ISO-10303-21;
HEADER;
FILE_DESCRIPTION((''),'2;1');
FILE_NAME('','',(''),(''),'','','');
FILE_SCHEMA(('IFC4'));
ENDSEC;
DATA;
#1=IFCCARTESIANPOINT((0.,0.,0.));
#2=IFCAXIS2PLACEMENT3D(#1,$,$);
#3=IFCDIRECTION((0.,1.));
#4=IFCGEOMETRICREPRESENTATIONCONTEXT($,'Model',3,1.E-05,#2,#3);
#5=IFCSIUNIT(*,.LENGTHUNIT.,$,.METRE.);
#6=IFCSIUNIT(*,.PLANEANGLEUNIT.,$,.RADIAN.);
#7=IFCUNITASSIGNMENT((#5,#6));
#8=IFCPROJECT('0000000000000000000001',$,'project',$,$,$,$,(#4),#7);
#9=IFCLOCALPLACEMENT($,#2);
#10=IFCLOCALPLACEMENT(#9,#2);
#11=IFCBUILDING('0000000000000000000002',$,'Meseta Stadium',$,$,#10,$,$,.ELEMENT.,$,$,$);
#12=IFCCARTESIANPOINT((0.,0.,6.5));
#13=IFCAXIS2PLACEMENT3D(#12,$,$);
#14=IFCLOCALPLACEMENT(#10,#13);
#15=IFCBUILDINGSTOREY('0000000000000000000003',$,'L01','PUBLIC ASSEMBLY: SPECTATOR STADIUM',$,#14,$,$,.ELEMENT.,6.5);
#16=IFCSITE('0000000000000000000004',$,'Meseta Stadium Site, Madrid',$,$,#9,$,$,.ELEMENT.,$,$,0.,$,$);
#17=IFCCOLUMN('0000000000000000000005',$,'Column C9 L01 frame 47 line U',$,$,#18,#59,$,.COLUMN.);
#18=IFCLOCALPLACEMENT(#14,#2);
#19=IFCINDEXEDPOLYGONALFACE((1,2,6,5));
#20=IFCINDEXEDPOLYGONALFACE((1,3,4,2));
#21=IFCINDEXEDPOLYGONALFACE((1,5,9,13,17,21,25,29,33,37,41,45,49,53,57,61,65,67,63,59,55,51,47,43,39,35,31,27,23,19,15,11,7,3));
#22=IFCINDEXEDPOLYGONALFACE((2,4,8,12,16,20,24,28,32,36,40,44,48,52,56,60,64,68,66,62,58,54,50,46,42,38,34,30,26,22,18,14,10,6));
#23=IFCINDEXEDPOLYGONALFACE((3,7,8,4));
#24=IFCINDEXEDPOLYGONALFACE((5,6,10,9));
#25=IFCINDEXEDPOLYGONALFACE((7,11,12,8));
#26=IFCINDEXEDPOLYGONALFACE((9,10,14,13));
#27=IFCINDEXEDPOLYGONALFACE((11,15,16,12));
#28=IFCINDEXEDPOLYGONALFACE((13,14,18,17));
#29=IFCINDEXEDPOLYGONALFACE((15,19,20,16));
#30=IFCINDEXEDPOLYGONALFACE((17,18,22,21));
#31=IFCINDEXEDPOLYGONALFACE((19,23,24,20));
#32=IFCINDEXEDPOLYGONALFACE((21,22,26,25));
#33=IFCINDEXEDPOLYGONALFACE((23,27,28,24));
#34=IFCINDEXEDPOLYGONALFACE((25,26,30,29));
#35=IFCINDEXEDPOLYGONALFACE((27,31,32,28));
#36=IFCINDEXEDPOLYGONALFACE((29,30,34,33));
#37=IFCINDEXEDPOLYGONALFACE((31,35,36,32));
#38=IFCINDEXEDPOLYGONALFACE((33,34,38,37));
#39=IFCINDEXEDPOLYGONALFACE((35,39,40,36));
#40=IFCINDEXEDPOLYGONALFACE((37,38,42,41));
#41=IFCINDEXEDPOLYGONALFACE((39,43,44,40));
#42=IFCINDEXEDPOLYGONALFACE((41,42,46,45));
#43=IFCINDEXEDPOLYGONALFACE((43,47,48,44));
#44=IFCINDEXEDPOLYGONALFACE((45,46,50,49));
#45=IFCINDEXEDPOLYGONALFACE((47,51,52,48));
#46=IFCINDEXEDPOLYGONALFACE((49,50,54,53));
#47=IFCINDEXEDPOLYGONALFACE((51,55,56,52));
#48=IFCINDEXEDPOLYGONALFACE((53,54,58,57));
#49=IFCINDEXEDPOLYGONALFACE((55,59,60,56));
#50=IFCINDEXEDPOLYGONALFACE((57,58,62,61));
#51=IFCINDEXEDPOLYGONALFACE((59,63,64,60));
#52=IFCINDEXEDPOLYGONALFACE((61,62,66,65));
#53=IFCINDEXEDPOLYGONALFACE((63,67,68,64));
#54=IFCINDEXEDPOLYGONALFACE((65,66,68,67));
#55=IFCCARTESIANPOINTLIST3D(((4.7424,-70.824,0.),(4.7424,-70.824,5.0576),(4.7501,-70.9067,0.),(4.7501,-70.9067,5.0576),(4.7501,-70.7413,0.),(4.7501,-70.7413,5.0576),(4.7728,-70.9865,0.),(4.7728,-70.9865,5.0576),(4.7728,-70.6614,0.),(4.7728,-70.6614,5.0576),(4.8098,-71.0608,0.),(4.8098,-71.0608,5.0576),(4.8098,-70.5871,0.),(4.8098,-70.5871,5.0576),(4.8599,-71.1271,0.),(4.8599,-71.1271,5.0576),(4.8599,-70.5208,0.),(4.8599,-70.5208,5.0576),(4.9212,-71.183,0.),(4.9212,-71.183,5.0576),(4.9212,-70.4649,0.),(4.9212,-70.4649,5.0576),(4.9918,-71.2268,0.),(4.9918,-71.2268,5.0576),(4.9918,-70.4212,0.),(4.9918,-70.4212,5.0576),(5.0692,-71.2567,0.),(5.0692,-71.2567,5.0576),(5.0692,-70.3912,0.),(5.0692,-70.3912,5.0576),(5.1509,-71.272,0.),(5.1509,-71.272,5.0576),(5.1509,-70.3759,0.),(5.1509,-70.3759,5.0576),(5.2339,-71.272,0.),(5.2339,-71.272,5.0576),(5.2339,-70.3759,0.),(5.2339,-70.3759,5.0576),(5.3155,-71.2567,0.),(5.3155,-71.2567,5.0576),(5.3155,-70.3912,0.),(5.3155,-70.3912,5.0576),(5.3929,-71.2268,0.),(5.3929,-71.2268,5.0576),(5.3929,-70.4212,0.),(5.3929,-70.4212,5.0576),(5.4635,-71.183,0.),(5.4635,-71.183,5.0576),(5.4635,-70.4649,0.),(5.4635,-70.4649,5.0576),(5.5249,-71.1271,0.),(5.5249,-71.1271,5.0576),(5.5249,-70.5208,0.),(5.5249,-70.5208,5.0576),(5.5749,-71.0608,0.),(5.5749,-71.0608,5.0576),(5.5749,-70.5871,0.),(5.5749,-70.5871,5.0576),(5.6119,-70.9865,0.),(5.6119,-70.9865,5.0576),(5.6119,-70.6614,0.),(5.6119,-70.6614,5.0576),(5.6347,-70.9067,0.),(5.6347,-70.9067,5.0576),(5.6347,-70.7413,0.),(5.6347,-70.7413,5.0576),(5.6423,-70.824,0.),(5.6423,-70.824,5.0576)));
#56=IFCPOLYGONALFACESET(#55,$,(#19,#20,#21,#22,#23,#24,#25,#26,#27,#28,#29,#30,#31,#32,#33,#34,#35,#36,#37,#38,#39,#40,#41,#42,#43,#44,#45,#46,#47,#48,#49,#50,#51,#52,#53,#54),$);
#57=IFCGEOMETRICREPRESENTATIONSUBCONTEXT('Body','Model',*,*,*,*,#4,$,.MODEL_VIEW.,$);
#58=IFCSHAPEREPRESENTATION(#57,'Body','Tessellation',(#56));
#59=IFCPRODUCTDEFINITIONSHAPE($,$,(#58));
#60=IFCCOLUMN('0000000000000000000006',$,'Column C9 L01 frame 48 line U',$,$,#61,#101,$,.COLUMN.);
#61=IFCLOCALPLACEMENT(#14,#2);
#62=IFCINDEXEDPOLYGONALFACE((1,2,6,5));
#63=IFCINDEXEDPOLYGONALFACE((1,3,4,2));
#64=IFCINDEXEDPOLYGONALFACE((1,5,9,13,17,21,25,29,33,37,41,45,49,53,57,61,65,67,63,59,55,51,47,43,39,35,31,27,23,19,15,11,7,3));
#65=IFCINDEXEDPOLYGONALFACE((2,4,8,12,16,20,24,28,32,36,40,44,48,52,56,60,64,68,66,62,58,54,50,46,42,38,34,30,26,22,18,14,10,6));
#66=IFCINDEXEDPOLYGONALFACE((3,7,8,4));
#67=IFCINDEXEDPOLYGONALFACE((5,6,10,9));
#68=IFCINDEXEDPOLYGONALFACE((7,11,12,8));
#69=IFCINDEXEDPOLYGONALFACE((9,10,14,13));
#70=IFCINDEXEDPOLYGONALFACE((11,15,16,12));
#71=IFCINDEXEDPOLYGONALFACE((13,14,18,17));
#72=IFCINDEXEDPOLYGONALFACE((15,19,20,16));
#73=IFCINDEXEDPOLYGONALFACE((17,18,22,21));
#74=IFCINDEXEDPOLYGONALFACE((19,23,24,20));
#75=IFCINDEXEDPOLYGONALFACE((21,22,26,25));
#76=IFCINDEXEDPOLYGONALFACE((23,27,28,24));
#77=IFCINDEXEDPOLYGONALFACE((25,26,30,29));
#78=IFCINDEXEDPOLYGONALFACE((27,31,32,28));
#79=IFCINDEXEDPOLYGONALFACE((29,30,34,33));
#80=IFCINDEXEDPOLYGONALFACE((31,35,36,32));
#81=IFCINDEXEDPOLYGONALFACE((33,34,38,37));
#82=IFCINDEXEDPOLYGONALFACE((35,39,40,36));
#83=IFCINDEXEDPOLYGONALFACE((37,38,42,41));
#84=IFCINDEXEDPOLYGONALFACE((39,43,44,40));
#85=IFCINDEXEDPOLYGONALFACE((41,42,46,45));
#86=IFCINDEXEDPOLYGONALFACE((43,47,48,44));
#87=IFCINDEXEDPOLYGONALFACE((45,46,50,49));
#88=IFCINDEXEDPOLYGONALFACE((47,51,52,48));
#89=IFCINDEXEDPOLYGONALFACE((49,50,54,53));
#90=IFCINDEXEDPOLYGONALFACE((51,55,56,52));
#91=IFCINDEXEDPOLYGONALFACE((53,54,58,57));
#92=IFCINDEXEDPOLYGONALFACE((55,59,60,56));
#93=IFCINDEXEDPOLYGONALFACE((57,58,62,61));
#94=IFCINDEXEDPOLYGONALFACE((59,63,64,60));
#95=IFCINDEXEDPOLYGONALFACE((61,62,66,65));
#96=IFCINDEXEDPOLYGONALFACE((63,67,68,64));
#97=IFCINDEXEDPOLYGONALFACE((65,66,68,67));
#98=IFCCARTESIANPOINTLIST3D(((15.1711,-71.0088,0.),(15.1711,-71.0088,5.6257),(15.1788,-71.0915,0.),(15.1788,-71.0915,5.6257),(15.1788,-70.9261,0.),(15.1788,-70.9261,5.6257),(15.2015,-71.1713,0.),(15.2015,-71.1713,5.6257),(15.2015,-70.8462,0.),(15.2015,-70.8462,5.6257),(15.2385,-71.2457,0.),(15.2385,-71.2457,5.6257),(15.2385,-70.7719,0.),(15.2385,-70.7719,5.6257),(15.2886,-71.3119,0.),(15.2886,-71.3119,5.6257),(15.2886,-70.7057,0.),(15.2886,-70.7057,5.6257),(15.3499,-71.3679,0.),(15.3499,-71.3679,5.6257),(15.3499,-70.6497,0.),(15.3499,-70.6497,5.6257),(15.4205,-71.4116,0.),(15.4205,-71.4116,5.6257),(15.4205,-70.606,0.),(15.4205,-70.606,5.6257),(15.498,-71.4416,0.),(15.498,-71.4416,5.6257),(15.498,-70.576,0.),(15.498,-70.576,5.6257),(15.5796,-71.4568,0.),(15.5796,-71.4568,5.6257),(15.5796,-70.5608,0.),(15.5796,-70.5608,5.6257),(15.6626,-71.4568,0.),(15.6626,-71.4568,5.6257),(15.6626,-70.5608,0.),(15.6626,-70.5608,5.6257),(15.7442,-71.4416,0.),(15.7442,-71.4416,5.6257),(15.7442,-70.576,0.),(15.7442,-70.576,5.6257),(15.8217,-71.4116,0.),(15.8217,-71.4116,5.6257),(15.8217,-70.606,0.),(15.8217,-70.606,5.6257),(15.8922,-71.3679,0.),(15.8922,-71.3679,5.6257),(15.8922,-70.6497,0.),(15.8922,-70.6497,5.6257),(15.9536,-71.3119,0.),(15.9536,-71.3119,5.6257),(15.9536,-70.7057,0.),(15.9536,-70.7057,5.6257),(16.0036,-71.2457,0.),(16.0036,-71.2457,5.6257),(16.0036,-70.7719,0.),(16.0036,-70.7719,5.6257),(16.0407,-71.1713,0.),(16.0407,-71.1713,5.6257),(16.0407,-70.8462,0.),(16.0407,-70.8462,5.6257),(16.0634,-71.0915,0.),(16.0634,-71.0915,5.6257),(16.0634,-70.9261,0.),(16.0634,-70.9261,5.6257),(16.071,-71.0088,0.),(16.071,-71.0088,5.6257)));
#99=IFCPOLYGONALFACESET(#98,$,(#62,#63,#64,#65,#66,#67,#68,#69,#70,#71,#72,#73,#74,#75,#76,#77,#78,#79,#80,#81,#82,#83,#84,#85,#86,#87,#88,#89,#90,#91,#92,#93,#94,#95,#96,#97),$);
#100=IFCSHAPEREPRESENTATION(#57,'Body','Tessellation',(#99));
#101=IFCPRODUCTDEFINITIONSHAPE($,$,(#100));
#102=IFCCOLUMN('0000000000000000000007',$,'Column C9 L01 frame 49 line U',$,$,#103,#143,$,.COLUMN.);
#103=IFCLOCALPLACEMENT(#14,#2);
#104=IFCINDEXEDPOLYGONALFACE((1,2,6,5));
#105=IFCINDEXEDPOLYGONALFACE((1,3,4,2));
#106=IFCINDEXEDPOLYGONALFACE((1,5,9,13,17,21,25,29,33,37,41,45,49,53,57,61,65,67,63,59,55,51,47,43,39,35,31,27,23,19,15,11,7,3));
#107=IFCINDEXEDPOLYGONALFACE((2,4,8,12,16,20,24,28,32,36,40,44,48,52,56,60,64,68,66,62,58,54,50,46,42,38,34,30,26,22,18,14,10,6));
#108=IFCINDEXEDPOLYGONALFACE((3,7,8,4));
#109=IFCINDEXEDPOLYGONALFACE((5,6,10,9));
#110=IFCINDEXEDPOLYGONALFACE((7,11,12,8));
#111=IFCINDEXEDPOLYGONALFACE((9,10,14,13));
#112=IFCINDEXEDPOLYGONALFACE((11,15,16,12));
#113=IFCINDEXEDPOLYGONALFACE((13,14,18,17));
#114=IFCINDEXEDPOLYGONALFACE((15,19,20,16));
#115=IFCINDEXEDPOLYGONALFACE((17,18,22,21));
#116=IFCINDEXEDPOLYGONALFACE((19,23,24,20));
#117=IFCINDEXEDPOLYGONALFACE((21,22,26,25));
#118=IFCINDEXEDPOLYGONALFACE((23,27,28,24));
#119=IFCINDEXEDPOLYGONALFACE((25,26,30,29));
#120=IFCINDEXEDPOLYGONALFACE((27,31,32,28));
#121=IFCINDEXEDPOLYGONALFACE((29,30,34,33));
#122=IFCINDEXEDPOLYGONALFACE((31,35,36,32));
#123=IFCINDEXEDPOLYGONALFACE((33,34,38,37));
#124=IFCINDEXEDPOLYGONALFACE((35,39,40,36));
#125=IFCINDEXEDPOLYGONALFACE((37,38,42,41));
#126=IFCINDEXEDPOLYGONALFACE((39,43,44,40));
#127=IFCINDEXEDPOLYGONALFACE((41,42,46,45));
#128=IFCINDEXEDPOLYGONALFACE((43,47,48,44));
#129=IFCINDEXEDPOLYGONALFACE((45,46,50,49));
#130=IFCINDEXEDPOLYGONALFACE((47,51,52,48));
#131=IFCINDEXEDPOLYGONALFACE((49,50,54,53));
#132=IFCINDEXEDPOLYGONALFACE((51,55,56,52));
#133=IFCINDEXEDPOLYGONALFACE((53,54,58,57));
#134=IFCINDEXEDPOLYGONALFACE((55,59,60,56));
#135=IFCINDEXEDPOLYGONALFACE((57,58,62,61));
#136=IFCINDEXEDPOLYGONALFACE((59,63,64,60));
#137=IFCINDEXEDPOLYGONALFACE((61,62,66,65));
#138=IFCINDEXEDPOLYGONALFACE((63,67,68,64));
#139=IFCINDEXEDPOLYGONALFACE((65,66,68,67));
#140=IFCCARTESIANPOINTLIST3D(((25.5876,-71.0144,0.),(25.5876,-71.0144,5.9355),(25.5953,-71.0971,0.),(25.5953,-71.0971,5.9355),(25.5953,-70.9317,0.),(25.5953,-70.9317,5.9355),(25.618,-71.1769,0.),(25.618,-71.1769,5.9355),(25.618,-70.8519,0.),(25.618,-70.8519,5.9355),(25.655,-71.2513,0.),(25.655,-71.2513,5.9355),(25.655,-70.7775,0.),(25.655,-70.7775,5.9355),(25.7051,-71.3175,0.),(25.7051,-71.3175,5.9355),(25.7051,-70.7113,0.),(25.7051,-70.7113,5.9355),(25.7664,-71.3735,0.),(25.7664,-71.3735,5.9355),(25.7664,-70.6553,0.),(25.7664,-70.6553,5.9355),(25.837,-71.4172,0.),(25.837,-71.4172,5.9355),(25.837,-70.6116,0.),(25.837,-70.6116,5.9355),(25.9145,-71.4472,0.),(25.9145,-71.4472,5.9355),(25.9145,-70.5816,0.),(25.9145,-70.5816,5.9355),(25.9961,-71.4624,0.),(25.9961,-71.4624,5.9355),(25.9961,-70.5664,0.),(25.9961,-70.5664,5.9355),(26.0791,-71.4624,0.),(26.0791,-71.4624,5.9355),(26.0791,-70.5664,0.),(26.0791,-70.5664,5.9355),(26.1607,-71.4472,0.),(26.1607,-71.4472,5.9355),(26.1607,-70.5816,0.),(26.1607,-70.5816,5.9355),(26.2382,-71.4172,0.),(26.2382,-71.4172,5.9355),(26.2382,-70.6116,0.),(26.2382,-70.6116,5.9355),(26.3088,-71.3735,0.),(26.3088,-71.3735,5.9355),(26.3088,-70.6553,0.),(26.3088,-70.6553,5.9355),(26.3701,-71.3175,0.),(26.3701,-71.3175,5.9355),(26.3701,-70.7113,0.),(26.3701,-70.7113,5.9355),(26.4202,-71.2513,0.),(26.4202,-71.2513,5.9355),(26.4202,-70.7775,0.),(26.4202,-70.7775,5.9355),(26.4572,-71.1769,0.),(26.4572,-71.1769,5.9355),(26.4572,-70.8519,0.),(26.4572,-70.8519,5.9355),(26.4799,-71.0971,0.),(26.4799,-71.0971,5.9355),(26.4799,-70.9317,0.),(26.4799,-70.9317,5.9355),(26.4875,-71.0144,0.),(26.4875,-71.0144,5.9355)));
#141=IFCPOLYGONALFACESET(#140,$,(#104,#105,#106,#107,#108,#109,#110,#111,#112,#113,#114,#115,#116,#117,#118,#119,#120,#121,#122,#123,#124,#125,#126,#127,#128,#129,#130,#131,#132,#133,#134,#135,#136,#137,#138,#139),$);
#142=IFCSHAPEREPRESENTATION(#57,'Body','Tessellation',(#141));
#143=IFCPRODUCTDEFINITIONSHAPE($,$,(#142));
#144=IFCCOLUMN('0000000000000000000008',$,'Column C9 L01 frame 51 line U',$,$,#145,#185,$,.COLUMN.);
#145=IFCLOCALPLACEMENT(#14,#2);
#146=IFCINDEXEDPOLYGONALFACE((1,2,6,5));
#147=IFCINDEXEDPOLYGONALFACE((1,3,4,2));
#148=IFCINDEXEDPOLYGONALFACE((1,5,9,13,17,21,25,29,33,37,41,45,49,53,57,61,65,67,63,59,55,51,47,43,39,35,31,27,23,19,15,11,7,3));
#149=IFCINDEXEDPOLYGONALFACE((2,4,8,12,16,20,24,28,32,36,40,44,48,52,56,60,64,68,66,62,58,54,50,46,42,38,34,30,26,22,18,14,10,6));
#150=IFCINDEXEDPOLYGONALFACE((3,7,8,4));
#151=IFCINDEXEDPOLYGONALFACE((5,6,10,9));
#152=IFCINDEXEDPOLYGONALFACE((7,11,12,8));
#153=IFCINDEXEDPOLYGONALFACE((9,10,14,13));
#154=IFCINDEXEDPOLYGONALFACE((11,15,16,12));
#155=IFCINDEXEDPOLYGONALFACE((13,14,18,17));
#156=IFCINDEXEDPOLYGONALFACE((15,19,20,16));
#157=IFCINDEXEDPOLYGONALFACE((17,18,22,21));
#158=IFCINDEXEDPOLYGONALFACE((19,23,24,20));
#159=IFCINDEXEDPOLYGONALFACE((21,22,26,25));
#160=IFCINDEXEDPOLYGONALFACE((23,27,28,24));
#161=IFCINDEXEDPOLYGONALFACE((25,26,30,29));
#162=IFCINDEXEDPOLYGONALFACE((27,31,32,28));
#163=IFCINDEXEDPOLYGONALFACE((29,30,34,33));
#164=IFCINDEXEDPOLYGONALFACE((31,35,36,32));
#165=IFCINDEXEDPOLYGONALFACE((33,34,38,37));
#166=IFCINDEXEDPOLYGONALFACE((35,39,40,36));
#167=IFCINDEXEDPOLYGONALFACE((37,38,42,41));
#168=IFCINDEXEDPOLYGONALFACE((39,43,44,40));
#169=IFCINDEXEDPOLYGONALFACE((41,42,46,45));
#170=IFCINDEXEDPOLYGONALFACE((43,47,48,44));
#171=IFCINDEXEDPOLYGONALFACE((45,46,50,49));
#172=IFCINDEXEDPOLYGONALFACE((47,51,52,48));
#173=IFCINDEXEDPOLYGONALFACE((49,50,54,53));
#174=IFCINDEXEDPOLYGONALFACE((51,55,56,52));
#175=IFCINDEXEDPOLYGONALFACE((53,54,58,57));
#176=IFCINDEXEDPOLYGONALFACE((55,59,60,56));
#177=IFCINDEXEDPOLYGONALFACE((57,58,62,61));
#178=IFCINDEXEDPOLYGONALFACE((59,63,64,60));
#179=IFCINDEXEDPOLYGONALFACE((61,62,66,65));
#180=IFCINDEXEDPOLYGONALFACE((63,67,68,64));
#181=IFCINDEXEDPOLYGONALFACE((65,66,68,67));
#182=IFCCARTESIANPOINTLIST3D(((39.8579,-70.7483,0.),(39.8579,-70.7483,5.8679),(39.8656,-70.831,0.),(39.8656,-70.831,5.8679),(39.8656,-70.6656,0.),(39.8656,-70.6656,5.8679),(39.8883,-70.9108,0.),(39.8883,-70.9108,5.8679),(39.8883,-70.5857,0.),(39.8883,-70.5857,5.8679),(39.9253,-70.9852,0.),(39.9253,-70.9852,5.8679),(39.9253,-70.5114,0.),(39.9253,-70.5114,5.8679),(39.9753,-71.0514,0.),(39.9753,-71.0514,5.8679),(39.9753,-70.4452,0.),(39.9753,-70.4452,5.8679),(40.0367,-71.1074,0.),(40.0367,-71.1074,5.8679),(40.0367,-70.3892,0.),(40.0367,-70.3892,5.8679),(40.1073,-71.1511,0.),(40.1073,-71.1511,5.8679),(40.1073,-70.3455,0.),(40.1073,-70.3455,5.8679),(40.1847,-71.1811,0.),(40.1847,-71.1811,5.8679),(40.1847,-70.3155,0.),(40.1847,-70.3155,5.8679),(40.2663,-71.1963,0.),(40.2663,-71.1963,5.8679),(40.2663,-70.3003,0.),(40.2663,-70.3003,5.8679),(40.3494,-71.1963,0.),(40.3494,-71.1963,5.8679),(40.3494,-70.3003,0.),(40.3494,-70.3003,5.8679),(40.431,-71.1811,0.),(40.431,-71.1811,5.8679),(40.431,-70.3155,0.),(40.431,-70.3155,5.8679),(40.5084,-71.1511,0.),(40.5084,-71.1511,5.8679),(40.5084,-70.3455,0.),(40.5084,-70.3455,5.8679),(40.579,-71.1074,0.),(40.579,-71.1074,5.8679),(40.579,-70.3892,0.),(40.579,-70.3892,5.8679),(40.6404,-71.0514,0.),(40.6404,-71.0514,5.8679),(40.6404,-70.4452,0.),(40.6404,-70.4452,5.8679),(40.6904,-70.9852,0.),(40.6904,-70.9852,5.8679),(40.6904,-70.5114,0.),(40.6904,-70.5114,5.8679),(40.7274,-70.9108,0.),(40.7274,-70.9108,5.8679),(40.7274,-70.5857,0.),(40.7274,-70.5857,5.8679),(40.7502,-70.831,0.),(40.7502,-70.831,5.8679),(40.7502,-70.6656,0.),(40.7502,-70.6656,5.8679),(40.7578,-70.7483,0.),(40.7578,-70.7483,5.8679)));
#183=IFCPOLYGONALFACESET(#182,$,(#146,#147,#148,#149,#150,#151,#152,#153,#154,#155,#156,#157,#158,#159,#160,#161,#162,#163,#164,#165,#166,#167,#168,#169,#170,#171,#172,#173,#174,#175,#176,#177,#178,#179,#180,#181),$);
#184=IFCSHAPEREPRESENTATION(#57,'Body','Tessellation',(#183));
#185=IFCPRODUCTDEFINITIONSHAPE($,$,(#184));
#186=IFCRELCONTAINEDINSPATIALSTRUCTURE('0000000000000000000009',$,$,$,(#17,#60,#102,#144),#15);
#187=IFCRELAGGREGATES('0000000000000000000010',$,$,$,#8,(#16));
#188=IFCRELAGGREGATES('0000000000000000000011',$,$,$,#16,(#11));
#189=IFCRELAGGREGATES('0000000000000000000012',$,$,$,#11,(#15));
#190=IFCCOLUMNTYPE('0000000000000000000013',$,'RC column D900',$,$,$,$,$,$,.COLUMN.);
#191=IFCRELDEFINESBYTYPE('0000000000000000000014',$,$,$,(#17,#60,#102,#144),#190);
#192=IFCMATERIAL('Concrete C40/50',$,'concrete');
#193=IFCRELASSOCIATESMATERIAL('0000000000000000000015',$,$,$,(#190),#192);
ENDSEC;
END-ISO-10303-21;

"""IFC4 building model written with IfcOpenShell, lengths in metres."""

from ifc_helpers import new_model, si_unit, direction, frame, origin, origin_2d, place, context, subcontext, project, spatial, circle, extrude, material, material_profile, profile_set, type_object, element, save


model = new_model("IFC4")

# Units and contexts
model_context = context("Model", 3, precision=1e-05, world=origin(), true_north=direction((0.0, 1.0)))
body_context = subcontext(model_context, "Body", "Model", "MODEL_VIEW")
ifc_project = project(units=[si_unit("LENGTHUNIT", "METRE"), si_unit("PLANEANGLEUNIT", "RADIAN")], contexts=[model_context])

# Site, building, storey
site_placement = place(None, origin())
site = spatial("IfcSite", under=ifc_project, at=site_placement, Name="Meseta Stadium Site, Madrid", CompositionType="ELEMENT", RefElevation=0.0)
building_placement = place(site_placement, origin())
building = spatial("IfcBuilding", under=site, at=building_placement, Name="Meseta Stadium", CompositionType="ELEMENT")
storey_placement = place(building_placement, frame((0.0, 0.0, 6.5)))
storey = spatial("IfcBuildingStorey", under=building, at=storey_placement, Name="L01", Description="PUBLIC ASSEMBLY: SPECTATOR STADIUM", CompositionType="ELEMENT", Elevation=6.5)

# Columns
ifc_material_1 = material(Name="Concrete C40/50", Category="concrete")
ifc_material_profile_1 = material_profile(ifc_material_1, circle(Radius=0.45, at=origin_2d()), Name="RC D900")
ifc_profile_set_1 = profile_set([ifc_material_profile_1], Name="Concrete C40/50")
column_type = type_object("IfcColumnType", Name="RC column D900", PredefinedType="COLUMN", material=ifc_profile_set_1)
column_1_placement = place(storey_placement, frame((5.1924, -70.824, 0.0), z_axis=(0.0, 0.0, 1.0), x_axis=(1.0, 0.0, 0.0)))
element("IfcColumn", 1, at=column_1_placement, inside=storey, type_object=column_type, Name="Column C9 L01 frame 47 line U", PredefinedType="COLUMN", context=body_context, shape_type="SweptSolid", body=[
    extrude(circle(Radius=0.45, at=origin_2d()), origin(), (0.0, 0.0, 1.0), 5.0576),
])
column_2_placement = place(storey_placement, frame((15.6211, -71.0088, 0.0), z_axis=(0.0, 0.0, 1.0), x_axis=(1.0, 0.0, 0.0)))
element("IfcColumn", 2, at=column_2_placement, inside=storey, type_object=column_type, Name="Column C9 L01 frame 48 line U", PredefinedType="COLUMN", context=body_context, shape_type="SweptSolid", body=[
    extrude(circle(Radius=0.45, at=origin_2d()), origin(), (0.0, 0.0, 1.0), 5.6257),
])
column_3_placement = place(storey_placement, frame((26.0376, -71.0144, 0.0), z_axis=(0.0, 0.0, 1.0), x_axis=(1.0, 0.0, 0.0)))
element("IfcColumn", 3, at=column_3_placement, inside=storey, type_object=column_type, Name="Column C9 L01 frame 49 line U", PredefinedType="COLUMN", context=body_context, shape_type="SweptSolid", body=[
    extrude(circle(Radius=0.45, at=origin_2d()), origin(), (0.0, 0.0, 1.0), 5.9355),
])
column_4_placement = place(storey_placement, frame((40.3079, -70.7483, 0.0), z_axis=(0.0, 0.0, 1.0), x_axis=(1.0, 0.0, 0.0)))
element("IfcColumn", 4, at=column_4_placement, inside=storey, type_object=column_type, Name="Column C9 L01 frame 51 line U", PredefinedType="COLUMN", context=body_context, shape_type="SweptSolid", body=[
    extrude(circle(Radius=0.45, at=origin_2d()), origin(), (0.0, 0.0, 1.0), 5.8679),
])

save(model, "model.ifc")
